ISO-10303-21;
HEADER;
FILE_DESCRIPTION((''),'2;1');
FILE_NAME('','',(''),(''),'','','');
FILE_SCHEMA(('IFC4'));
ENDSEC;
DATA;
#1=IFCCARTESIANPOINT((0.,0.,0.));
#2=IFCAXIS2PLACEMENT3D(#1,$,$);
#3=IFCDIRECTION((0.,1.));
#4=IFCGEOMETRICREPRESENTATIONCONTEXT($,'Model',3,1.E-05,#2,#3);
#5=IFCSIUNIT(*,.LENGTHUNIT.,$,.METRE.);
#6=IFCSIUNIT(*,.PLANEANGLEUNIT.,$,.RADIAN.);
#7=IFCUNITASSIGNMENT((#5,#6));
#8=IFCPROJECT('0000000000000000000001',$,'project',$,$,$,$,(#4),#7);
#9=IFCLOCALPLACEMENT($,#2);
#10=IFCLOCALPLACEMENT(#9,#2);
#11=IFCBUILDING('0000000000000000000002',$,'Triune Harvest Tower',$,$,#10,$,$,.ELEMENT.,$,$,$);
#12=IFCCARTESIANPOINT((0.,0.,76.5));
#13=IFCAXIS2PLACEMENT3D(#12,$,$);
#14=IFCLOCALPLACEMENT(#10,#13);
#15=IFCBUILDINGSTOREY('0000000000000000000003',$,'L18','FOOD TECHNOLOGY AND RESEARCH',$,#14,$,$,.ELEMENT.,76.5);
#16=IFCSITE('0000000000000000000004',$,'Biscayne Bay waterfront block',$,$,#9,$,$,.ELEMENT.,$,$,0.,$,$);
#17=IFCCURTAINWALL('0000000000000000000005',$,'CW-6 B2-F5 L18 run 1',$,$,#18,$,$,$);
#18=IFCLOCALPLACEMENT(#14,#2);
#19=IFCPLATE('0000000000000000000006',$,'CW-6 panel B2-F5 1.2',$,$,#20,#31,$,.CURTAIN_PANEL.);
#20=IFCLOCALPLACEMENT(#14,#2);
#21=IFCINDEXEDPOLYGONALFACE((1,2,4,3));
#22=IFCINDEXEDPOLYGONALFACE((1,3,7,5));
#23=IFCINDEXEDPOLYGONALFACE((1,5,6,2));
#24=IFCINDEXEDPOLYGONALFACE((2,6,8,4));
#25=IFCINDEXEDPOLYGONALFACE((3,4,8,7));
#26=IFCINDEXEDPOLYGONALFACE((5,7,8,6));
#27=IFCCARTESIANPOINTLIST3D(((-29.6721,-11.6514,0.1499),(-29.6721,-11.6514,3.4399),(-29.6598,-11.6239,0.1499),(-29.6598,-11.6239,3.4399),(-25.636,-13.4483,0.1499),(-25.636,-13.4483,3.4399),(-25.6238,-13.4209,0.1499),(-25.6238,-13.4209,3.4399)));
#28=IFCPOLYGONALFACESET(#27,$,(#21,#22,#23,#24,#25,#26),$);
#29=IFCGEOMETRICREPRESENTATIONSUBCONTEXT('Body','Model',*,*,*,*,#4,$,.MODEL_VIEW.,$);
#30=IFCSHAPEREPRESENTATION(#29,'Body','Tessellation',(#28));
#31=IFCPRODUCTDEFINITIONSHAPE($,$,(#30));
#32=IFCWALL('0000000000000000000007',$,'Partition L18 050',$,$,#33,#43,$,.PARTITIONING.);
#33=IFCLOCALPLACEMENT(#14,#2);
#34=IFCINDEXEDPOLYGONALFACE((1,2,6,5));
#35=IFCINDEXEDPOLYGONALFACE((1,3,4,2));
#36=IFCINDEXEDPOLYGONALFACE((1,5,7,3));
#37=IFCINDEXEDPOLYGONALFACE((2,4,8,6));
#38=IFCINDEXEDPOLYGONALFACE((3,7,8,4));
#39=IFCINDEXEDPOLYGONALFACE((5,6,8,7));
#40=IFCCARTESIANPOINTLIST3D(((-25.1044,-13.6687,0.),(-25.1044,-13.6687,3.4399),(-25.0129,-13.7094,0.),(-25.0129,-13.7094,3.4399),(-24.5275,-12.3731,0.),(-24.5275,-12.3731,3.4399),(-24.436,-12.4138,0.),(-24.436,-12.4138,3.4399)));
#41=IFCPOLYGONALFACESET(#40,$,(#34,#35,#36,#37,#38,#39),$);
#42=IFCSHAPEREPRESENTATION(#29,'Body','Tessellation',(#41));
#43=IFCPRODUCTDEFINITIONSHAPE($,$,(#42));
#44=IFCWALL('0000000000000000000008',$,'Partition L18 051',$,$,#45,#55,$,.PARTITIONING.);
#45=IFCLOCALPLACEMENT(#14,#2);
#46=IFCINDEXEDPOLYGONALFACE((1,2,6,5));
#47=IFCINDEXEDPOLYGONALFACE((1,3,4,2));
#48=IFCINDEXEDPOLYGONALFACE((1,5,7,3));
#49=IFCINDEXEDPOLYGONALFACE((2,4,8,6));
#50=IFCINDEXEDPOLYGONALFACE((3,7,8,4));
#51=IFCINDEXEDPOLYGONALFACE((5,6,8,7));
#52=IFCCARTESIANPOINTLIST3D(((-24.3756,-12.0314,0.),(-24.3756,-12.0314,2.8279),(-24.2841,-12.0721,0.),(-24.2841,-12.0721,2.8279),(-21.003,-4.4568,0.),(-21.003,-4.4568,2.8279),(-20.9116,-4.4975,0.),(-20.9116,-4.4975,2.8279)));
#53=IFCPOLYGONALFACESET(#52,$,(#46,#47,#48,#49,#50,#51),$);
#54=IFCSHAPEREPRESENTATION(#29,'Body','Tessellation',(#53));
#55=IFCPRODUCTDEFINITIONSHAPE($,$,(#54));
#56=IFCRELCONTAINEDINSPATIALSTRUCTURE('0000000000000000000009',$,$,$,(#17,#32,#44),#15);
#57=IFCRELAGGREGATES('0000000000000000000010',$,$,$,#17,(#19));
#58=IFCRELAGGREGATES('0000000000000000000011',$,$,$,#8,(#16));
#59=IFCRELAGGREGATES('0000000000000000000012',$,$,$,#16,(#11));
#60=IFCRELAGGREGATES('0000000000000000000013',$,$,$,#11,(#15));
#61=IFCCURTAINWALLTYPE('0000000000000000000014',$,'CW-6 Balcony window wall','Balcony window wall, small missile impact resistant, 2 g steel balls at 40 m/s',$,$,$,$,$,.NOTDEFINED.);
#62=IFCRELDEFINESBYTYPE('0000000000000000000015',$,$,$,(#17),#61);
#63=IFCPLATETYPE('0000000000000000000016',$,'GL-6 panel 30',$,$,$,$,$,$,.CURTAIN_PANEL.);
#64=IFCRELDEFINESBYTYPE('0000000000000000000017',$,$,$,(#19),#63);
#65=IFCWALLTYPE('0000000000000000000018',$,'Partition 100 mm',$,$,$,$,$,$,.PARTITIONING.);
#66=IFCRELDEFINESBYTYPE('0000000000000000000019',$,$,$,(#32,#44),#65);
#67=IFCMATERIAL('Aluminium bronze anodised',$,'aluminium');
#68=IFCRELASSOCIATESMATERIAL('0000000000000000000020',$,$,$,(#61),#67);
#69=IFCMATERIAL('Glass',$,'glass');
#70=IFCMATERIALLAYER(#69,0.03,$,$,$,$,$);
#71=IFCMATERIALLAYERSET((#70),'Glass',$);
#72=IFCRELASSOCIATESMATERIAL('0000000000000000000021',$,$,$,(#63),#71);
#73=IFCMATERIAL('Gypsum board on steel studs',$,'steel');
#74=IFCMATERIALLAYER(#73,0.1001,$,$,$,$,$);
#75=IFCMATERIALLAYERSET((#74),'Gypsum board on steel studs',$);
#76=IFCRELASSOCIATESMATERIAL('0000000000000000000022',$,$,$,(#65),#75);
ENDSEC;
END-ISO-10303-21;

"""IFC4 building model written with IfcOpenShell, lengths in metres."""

from ifc_helpers import new_model, si_unit, direction, frame, frame_2d, origin, origin_2d, place, context, subcontext, project, spatial, rectangle, extrude, source, transform, mapped, material, layer, layer_set, type_object, element, aggregate, save


model = new_model("IFC4")

# Units and contexts
model_context = context("Model", 3, precision=1e-05, world=origin(), true_north=direction((0.0, 1.0)))
body_context = subcontext(model_context, "Body", "Model", "MODEL_VIEW")
ifc_project = project(units=[si_unit("LENGTHUNIT", "METRE"), si_unit("PLANEANGLEUNIT", "RADIAN")], contexts=[model_context])

# Site, building, storey
site_placement = place(None, origin())
site = spatial("IfcSite", under=ifc_project, at=site_placement, Name="Biscayne Bay waterfront block", CompositionType="ELEMENT", RefElevation=0.0)
building_placement = place(site_placement, origin())
building = spatial("IfcBuilding", under=site, at=building_placement, Name="Triune Harvest Tower", CompositionType="ELEMENT")
storey_placement = place(building_placement, frame((0.0, 0.0, 76.5)))
storey = spatial("IfcBuildingStorey", under=building, at=storey_placement, Name="L18", Description="FOOD TECHNOLOGY AND RESEARCH", CompositionType="ELEMENT", Elevation=76.5)

# Curtain wall
ifc_material_1 = material(Name="Aluminium bronze anodised", Category="aluminium")
curtain_wall_type_1 = type_object("IfcCurtainWallType", Name="CW-6 Balcony window wall", Description="Balcony window wall, small missile impact resistant, 2 g steel balls at 40 m/s", PredefinedType="NOTDEFINED", material=ifc_material_1)
curtain_wall_1_placement = place(storey_placement, origin())
curtain_wall_1 = element("IfcCurtainWall", 1, at=curtain_wall_1_placement, inside=storey, type_object=curtain_wall_type_1, Name="CW-6 B2-F5 L18 run 1")

# Plate
ifc_material_2 = material(Name="Glass", Category="glass")
ifc_layer_1 = layer(ifc_material_2, 0.03)
ifc_layer_set_1 = layer_set([ifc_layer_1], Name="Glass")
plate_type_1 = type_object("IfcPlateType", Name="GL-6 panel 30", PredefinedType="CURTAIN_PANEL", material=ifc_layer_set_1)
shared_shape_1 = source(origin(), body_context, "Body", "SweptSolid", [
    extrude(rectangle(XDim=4.418, YDim=0.03, at=origin_2d()), origin(), (0.0, 0.0, 1.0), 3.29),
])
plate_1_placement = place(storey_placement, frame((-27.6479, -12.5361, 0.1499), z_axis=(0.0, 0.0, 1.0), x_axis=(0.913545, -0.406737, 0.0)))
plate_1 = element("IfcPlate", 2, at=plate_1_placement, type_object=plate_type_1, Name="CW-6 panel B2-F5 1.2", PredefinedType="CURTAIN_PANEL", context=body_context, shape_type="MappedRepresentation", body=[
    mapped(shared_shape_1, transform((0.0, 0.0, 0.0), scale=1.0)),
])
aggregate(curtain_wall_1, [plate_1])

# Walls
ifc_material_3 = material(Name="Gypsum board on steel studs", Category="steel")
ifc_layer_2 = layer(ifc_material_3, 0.1001)
ifc_layer_set_2 = layer_set([ifc_layer_2], Name="Gypsum board on steel studs")
wall_type = type_object("IfcWallType", Name="Partition 100 mm", PredefinedType="PARTITIONING", material=ifc_layer_set_2)
shared_shape_2 = source(origin(), body_context, "Body", "SweptSolid", [
    extrude(rectangle(XDim=1.4182, YDim=0.1001, at=frame_2d((0.709, 0.0))), origin(), (0.0, 0.0, 1.0), 3.4399),
])
wall_1_placement = place(storey_placement, frame((-25.0586, -13.689, 0.0), z_axis=(0.0, 0.0, 1.0), x_axis=(0.406761, 0.913534, 0.0)))
element("IfcWall", 3, at=wall_1_placement, inside=storey, type_object=wall_type, Name="Partition L18 050", PredefinedType="PARTITIONING", context=body_context, shape_type="MappedRepresentation", body=[
    mapped(shared_shape_2, transform((0.0, 0.0, 0.0), scale=1.0)),
])
shared_shape_3 = source(origin(), body_context, "Body", "SweptSolid", [
    extrude(rectangle(XDim=8.2915, YDim=0.1001, at=frame_2d((4.1458, 0.0))), origin(), (0.0, 0.0, 1.0), 2.8279),
])
wall_2_placement = place(storey_placement, frame((-24.3298, -12.0518, 0.0), z_axis=(0.0, 0.0, 1.0), x_axis=(0.406745, 0.913542, 0.0)))
element("IfcWall", 4, at=wall_2_placement, inside=storey, type_object=wall_type, Name="Partition L18 051", PredefinedType="PARTITIONING", context=body_context, shape_type="MappedRepresentation", body=[
    mapped(shared_shape_3, transform((0.0, 0.0, 0.0), scale=1.0)),
])

save(model, "model.ifc")
